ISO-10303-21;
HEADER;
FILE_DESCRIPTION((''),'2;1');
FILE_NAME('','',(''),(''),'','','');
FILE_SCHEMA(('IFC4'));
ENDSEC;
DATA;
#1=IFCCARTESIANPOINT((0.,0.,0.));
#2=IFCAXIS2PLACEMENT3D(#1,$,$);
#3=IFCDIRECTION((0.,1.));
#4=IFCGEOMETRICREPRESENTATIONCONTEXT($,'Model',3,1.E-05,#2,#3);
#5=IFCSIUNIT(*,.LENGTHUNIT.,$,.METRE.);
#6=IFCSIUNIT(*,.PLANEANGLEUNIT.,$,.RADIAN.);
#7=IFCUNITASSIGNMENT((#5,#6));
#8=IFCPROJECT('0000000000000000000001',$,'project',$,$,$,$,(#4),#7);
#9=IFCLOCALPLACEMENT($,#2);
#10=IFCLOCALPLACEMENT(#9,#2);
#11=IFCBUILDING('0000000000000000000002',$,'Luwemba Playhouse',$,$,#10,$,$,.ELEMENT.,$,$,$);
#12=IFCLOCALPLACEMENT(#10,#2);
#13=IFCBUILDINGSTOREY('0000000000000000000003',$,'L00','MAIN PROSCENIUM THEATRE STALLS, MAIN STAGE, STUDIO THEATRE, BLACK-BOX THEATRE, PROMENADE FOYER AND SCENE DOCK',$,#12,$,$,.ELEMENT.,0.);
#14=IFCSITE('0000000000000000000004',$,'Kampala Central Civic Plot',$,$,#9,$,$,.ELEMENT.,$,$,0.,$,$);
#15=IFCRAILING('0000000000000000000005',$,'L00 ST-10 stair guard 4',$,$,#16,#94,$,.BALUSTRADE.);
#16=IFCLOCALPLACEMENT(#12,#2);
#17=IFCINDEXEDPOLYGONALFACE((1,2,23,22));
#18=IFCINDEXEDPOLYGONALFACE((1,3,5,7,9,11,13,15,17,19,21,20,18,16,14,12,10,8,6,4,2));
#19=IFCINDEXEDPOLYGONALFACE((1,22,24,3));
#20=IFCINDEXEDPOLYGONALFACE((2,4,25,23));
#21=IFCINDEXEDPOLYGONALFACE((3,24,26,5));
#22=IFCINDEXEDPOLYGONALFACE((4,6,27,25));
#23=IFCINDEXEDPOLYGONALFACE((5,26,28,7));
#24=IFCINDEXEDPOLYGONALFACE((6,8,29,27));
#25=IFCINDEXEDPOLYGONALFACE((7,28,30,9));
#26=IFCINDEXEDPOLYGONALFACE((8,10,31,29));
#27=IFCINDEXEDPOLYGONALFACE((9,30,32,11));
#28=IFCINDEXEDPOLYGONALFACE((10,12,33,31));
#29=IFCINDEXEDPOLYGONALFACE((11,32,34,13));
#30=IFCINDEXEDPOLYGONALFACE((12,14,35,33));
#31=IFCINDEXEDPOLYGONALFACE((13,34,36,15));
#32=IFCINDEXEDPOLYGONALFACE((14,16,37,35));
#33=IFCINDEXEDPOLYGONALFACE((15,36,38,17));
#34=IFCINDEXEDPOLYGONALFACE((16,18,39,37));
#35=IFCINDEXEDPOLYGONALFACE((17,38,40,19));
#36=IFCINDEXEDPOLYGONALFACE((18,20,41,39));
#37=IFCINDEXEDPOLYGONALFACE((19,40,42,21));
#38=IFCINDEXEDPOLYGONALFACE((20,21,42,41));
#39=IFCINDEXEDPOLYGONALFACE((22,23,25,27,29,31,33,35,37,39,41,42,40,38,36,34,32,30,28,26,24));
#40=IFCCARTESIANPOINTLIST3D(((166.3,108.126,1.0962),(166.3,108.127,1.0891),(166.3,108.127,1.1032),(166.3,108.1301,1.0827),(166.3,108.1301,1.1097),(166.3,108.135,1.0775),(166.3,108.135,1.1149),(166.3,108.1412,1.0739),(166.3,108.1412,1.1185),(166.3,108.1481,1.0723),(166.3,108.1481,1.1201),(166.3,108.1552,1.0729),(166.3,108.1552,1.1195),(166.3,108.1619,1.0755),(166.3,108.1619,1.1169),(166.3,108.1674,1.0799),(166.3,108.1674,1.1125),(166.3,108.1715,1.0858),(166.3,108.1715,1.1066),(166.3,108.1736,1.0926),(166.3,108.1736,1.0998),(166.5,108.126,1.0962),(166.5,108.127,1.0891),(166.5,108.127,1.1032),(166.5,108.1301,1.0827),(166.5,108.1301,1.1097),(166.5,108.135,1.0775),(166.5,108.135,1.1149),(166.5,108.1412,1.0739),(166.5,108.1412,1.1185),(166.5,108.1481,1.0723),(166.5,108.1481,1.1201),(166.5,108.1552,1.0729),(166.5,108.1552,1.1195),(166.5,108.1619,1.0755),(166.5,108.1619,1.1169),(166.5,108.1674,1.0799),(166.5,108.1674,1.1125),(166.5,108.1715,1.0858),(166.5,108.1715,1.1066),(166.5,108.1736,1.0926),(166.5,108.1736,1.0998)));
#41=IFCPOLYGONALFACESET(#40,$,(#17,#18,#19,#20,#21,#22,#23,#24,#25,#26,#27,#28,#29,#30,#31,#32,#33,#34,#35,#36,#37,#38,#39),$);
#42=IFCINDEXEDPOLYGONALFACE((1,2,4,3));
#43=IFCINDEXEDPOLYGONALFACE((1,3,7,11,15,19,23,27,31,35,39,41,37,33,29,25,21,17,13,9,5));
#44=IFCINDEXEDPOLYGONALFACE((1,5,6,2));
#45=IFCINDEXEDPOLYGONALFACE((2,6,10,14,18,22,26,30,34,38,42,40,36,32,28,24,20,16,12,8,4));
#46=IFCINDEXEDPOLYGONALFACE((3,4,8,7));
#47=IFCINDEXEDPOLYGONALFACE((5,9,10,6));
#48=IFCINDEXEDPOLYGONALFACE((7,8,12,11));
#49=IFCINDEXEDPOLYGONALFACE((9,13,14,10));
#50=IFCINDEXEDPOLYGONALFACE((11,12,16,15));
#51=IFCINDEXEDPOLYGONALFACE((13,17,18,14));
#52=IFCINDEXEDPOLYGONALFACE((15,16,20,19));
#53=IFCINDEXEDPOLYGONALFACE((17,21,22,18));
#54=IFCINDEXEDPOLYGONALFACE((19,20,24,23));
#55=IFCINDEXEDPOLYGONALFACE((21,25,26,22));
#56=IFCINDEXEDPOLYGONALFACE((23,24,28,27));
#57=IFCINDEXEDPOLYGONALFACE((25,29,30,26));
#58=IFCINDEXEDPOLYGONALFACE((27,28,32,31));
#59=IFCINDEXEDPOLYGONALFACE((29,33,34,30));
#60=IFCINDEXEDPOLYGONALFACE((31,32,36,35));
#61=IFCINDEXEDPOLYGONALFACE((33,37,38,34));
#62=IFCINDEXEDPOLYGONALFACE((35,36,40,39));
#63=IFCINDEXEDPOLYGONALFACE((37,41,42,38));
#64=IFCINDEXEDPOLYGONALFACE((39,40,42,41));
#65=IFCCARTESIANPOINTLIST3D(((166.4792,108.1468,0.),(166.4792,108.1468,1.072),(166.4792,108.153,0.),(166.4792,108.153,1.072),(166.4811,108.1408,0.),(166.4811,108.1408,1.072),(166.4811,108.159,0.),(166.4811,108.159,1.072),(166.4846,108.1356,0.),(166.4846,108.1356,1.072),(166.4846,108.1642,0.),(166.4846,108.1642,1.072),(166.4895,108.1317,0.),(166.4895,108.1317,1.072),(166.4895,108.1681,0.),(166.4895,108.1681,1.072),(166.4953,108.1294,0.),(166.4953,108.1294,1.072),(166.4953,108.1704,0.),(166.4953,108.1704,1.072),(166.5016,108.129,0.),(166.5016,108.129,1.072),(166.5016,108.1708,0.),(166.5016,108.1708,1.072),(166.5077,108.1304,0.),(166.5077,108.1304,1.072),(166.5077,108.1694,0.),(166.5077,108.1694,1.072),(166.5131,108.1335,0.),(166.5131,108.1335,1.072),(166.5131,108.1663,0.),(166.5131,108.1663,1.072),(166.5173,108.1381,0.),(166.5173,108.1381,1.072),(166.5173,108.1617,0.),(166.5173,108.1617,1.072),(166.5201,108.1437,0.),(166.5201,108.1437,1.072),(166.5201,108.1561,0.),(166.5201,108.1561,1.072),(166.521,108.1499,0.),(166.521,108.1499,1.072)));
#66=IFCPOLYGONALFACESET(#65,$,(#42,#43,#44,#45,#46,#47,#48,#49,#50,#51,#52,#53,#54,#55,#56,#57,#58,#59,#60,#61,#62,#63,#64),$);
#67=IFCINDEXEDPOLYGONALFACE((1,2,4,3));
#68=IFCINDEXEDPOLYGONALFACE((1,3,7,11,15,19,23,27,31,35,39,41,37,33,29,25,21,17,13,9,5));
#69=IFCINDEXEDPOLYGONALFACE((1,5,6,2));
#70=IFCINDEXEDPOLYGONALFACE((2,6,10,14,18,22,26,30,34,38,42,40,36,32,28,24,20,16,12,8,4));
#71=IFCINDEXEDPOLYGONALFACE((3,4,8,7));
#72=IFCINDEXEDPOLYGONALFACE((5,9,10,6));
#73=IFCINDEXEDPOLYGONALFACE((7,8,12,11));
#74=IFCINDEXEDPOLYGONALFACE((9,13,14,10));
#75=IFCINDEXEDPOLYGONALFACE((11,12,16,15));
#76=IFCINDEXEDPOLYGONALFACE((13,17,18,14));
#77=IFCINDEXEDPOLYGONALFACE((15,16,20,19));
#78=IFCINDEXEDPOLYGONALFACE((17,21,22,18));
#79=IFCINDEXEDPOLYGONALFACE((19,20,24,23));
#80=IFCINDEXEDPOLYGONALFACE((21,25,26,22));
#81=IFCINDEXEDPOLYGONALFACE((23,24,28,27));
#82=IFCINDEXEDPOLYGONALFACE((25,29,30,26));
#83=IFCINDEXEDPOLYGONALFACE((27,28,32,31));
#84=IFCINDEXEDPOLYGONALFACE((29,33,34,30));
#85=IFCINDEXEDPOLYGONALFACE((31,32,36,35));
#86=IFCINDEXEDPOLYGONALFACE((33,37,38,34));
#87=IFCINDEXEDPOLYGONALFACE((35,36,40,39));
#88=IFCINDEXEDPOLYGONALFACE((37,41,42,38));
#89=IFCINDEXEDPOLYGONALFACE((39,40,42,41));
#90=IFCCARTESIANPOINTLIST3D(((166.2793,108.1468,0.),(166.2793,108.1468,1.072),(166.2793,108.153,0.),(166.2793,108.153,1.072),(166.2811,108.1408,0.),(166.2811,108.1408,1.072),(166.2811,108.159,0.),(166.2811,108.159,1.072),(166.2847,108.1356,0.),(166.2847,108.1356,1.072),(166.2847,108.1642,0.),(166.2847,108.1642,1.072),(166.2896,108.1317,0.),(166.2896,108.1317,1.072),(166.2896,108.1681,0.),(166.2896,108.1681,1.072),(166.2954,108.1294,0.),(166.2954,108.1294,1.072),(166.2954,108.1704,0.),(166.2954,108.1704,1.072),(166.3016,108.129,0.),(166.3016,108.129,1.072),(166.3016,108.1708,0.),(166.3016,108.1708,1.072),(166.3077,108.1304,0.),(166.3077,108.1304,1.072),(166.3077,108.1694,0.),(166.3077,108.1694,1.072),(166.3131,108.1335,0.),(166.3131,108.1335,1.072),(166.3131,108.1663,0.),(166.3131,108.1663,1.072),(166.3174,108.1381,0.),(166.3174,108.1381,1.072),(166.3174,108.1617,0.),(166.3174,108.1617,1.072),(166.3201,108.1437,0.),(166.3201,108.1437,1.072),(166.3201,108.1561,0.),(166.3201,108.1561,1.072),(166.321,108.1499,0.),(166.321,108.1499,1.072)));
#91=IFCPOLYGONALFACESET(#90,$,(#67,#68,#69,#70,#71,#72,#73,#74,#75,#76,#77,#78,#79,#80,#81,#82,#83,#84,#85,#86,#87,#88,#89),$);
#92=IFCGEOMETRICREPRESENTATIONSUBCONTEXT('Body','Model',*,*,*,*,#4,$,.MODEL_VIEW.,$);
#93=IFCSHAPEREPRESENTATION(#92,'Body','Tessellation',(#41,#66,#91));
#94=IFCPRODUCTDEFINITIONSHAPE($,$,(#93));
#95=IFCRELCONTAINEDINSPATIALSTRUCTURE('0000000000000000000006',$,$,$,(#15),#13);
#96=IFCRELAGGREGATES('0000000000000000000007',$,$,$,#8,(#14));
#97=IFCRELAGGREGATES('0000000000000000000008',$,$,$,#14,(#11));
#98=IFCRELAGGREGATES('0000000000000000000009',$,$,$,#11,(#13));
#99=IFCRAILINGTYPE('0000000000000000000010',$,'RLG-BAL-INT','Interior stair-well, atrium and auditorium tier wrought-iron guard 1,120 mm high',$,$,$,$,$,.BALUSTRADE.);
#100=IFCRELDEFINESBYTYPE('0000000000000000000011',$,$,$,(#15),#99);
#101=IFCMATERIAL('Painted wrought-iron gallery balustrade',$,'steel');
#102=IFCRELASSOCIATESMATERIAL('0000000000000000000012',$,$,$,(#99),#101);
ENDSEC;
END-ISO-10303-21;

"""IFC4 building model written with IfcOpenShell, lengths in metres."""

from ifc_helpers import new_model, si_unit, direction, frame, origin, origin_2d, place, context, subcontext, project, spatial, circle, extrude, material, type_object, element, save


model = new_model("IFC4")

# Units and contexts
model_context = context("Model", 3, precision=1e-05, world=origin(), true_north=direction((0.0, 1.0)))
body_context = subcontext(model_context, "Body", "Model", "MODEL_VIEW")
ifc_project = project(units=[si_unit("LENGTHUNIT", "METRE"), si_unit("PLANEANGLEUNIT", "RADIAN")], contexts=[model_context])

# Site, building, storey
site_placement = place(None, origin())
site = spatial("IfcSite", under=ifc_project, at=site_placement, Name="Kampala Central Civic Plot", CompositionType="ELEMENT", RefElevation=0.0)
building_placement = place(site_placement, origin())
building = spatial("IfcBuilding", under=site, at=building_placement, Name="Luwemba Playhouse", CompositionType="ELEMENT")
storey_placement = place(building_placement, origin())
storey = spatial("IfcBuildingStorey", under=building, at=storey_placement, Name="L00", Description="MAIN PROSCENIUM THEATRE STALLS, MAIN STAGE, STUDIO THEATRE, BLACK-BOX THEATRE, PROMENADE FOYER AND SCENE DOCK", CompositionType="ELEMENT", Elevation=0.0)

# Railing
ifc_material_1 = material(Name="Painted wrought-iron gallery balustrade", Category="steel")
railing_type_1 = type_object("IfcRailingType", Name="RLG-BAL-INT", Description="Interior stair-well, atrium and auditorium tier wrought-iron guard 1,120 mm high", PredefinedType="BALUSTRADE", material=ifc_material_1)
railing_1_placement = place(storey_placement, frame((166.5, 108.1499, 0.0)))
element("IfcRailing", 1, at=railing_1_placement, inside=storey, type_object=railing_type_1, Name="L00 ST-10 stair guard 4", PredefinedType="BALUSTRADE", context=body_context, shape_type="SweptSolid", body=[
    extrude(circle(Radius=0.0239, at=origin_2d()), frame((0.0, 0.0, 1.0962), z_axis=(-1.0, 0.0, 0.0), x_axis=(0.0, -1.0, 0.0)), (0.0, 0.0, 1.0), 0.2),
    extrude(circle(Radius=0.021, at=origin_2d()), origin(), (0.0, 0.0, 1.0), 1.072),
    extrude(circle(Radius=0.021, at=origin_2d()), frame((-0.2, 0.0, 0.0)), (0.0, 0.0, 1.0), 1.072),
])

save(model, "model.ifc")
